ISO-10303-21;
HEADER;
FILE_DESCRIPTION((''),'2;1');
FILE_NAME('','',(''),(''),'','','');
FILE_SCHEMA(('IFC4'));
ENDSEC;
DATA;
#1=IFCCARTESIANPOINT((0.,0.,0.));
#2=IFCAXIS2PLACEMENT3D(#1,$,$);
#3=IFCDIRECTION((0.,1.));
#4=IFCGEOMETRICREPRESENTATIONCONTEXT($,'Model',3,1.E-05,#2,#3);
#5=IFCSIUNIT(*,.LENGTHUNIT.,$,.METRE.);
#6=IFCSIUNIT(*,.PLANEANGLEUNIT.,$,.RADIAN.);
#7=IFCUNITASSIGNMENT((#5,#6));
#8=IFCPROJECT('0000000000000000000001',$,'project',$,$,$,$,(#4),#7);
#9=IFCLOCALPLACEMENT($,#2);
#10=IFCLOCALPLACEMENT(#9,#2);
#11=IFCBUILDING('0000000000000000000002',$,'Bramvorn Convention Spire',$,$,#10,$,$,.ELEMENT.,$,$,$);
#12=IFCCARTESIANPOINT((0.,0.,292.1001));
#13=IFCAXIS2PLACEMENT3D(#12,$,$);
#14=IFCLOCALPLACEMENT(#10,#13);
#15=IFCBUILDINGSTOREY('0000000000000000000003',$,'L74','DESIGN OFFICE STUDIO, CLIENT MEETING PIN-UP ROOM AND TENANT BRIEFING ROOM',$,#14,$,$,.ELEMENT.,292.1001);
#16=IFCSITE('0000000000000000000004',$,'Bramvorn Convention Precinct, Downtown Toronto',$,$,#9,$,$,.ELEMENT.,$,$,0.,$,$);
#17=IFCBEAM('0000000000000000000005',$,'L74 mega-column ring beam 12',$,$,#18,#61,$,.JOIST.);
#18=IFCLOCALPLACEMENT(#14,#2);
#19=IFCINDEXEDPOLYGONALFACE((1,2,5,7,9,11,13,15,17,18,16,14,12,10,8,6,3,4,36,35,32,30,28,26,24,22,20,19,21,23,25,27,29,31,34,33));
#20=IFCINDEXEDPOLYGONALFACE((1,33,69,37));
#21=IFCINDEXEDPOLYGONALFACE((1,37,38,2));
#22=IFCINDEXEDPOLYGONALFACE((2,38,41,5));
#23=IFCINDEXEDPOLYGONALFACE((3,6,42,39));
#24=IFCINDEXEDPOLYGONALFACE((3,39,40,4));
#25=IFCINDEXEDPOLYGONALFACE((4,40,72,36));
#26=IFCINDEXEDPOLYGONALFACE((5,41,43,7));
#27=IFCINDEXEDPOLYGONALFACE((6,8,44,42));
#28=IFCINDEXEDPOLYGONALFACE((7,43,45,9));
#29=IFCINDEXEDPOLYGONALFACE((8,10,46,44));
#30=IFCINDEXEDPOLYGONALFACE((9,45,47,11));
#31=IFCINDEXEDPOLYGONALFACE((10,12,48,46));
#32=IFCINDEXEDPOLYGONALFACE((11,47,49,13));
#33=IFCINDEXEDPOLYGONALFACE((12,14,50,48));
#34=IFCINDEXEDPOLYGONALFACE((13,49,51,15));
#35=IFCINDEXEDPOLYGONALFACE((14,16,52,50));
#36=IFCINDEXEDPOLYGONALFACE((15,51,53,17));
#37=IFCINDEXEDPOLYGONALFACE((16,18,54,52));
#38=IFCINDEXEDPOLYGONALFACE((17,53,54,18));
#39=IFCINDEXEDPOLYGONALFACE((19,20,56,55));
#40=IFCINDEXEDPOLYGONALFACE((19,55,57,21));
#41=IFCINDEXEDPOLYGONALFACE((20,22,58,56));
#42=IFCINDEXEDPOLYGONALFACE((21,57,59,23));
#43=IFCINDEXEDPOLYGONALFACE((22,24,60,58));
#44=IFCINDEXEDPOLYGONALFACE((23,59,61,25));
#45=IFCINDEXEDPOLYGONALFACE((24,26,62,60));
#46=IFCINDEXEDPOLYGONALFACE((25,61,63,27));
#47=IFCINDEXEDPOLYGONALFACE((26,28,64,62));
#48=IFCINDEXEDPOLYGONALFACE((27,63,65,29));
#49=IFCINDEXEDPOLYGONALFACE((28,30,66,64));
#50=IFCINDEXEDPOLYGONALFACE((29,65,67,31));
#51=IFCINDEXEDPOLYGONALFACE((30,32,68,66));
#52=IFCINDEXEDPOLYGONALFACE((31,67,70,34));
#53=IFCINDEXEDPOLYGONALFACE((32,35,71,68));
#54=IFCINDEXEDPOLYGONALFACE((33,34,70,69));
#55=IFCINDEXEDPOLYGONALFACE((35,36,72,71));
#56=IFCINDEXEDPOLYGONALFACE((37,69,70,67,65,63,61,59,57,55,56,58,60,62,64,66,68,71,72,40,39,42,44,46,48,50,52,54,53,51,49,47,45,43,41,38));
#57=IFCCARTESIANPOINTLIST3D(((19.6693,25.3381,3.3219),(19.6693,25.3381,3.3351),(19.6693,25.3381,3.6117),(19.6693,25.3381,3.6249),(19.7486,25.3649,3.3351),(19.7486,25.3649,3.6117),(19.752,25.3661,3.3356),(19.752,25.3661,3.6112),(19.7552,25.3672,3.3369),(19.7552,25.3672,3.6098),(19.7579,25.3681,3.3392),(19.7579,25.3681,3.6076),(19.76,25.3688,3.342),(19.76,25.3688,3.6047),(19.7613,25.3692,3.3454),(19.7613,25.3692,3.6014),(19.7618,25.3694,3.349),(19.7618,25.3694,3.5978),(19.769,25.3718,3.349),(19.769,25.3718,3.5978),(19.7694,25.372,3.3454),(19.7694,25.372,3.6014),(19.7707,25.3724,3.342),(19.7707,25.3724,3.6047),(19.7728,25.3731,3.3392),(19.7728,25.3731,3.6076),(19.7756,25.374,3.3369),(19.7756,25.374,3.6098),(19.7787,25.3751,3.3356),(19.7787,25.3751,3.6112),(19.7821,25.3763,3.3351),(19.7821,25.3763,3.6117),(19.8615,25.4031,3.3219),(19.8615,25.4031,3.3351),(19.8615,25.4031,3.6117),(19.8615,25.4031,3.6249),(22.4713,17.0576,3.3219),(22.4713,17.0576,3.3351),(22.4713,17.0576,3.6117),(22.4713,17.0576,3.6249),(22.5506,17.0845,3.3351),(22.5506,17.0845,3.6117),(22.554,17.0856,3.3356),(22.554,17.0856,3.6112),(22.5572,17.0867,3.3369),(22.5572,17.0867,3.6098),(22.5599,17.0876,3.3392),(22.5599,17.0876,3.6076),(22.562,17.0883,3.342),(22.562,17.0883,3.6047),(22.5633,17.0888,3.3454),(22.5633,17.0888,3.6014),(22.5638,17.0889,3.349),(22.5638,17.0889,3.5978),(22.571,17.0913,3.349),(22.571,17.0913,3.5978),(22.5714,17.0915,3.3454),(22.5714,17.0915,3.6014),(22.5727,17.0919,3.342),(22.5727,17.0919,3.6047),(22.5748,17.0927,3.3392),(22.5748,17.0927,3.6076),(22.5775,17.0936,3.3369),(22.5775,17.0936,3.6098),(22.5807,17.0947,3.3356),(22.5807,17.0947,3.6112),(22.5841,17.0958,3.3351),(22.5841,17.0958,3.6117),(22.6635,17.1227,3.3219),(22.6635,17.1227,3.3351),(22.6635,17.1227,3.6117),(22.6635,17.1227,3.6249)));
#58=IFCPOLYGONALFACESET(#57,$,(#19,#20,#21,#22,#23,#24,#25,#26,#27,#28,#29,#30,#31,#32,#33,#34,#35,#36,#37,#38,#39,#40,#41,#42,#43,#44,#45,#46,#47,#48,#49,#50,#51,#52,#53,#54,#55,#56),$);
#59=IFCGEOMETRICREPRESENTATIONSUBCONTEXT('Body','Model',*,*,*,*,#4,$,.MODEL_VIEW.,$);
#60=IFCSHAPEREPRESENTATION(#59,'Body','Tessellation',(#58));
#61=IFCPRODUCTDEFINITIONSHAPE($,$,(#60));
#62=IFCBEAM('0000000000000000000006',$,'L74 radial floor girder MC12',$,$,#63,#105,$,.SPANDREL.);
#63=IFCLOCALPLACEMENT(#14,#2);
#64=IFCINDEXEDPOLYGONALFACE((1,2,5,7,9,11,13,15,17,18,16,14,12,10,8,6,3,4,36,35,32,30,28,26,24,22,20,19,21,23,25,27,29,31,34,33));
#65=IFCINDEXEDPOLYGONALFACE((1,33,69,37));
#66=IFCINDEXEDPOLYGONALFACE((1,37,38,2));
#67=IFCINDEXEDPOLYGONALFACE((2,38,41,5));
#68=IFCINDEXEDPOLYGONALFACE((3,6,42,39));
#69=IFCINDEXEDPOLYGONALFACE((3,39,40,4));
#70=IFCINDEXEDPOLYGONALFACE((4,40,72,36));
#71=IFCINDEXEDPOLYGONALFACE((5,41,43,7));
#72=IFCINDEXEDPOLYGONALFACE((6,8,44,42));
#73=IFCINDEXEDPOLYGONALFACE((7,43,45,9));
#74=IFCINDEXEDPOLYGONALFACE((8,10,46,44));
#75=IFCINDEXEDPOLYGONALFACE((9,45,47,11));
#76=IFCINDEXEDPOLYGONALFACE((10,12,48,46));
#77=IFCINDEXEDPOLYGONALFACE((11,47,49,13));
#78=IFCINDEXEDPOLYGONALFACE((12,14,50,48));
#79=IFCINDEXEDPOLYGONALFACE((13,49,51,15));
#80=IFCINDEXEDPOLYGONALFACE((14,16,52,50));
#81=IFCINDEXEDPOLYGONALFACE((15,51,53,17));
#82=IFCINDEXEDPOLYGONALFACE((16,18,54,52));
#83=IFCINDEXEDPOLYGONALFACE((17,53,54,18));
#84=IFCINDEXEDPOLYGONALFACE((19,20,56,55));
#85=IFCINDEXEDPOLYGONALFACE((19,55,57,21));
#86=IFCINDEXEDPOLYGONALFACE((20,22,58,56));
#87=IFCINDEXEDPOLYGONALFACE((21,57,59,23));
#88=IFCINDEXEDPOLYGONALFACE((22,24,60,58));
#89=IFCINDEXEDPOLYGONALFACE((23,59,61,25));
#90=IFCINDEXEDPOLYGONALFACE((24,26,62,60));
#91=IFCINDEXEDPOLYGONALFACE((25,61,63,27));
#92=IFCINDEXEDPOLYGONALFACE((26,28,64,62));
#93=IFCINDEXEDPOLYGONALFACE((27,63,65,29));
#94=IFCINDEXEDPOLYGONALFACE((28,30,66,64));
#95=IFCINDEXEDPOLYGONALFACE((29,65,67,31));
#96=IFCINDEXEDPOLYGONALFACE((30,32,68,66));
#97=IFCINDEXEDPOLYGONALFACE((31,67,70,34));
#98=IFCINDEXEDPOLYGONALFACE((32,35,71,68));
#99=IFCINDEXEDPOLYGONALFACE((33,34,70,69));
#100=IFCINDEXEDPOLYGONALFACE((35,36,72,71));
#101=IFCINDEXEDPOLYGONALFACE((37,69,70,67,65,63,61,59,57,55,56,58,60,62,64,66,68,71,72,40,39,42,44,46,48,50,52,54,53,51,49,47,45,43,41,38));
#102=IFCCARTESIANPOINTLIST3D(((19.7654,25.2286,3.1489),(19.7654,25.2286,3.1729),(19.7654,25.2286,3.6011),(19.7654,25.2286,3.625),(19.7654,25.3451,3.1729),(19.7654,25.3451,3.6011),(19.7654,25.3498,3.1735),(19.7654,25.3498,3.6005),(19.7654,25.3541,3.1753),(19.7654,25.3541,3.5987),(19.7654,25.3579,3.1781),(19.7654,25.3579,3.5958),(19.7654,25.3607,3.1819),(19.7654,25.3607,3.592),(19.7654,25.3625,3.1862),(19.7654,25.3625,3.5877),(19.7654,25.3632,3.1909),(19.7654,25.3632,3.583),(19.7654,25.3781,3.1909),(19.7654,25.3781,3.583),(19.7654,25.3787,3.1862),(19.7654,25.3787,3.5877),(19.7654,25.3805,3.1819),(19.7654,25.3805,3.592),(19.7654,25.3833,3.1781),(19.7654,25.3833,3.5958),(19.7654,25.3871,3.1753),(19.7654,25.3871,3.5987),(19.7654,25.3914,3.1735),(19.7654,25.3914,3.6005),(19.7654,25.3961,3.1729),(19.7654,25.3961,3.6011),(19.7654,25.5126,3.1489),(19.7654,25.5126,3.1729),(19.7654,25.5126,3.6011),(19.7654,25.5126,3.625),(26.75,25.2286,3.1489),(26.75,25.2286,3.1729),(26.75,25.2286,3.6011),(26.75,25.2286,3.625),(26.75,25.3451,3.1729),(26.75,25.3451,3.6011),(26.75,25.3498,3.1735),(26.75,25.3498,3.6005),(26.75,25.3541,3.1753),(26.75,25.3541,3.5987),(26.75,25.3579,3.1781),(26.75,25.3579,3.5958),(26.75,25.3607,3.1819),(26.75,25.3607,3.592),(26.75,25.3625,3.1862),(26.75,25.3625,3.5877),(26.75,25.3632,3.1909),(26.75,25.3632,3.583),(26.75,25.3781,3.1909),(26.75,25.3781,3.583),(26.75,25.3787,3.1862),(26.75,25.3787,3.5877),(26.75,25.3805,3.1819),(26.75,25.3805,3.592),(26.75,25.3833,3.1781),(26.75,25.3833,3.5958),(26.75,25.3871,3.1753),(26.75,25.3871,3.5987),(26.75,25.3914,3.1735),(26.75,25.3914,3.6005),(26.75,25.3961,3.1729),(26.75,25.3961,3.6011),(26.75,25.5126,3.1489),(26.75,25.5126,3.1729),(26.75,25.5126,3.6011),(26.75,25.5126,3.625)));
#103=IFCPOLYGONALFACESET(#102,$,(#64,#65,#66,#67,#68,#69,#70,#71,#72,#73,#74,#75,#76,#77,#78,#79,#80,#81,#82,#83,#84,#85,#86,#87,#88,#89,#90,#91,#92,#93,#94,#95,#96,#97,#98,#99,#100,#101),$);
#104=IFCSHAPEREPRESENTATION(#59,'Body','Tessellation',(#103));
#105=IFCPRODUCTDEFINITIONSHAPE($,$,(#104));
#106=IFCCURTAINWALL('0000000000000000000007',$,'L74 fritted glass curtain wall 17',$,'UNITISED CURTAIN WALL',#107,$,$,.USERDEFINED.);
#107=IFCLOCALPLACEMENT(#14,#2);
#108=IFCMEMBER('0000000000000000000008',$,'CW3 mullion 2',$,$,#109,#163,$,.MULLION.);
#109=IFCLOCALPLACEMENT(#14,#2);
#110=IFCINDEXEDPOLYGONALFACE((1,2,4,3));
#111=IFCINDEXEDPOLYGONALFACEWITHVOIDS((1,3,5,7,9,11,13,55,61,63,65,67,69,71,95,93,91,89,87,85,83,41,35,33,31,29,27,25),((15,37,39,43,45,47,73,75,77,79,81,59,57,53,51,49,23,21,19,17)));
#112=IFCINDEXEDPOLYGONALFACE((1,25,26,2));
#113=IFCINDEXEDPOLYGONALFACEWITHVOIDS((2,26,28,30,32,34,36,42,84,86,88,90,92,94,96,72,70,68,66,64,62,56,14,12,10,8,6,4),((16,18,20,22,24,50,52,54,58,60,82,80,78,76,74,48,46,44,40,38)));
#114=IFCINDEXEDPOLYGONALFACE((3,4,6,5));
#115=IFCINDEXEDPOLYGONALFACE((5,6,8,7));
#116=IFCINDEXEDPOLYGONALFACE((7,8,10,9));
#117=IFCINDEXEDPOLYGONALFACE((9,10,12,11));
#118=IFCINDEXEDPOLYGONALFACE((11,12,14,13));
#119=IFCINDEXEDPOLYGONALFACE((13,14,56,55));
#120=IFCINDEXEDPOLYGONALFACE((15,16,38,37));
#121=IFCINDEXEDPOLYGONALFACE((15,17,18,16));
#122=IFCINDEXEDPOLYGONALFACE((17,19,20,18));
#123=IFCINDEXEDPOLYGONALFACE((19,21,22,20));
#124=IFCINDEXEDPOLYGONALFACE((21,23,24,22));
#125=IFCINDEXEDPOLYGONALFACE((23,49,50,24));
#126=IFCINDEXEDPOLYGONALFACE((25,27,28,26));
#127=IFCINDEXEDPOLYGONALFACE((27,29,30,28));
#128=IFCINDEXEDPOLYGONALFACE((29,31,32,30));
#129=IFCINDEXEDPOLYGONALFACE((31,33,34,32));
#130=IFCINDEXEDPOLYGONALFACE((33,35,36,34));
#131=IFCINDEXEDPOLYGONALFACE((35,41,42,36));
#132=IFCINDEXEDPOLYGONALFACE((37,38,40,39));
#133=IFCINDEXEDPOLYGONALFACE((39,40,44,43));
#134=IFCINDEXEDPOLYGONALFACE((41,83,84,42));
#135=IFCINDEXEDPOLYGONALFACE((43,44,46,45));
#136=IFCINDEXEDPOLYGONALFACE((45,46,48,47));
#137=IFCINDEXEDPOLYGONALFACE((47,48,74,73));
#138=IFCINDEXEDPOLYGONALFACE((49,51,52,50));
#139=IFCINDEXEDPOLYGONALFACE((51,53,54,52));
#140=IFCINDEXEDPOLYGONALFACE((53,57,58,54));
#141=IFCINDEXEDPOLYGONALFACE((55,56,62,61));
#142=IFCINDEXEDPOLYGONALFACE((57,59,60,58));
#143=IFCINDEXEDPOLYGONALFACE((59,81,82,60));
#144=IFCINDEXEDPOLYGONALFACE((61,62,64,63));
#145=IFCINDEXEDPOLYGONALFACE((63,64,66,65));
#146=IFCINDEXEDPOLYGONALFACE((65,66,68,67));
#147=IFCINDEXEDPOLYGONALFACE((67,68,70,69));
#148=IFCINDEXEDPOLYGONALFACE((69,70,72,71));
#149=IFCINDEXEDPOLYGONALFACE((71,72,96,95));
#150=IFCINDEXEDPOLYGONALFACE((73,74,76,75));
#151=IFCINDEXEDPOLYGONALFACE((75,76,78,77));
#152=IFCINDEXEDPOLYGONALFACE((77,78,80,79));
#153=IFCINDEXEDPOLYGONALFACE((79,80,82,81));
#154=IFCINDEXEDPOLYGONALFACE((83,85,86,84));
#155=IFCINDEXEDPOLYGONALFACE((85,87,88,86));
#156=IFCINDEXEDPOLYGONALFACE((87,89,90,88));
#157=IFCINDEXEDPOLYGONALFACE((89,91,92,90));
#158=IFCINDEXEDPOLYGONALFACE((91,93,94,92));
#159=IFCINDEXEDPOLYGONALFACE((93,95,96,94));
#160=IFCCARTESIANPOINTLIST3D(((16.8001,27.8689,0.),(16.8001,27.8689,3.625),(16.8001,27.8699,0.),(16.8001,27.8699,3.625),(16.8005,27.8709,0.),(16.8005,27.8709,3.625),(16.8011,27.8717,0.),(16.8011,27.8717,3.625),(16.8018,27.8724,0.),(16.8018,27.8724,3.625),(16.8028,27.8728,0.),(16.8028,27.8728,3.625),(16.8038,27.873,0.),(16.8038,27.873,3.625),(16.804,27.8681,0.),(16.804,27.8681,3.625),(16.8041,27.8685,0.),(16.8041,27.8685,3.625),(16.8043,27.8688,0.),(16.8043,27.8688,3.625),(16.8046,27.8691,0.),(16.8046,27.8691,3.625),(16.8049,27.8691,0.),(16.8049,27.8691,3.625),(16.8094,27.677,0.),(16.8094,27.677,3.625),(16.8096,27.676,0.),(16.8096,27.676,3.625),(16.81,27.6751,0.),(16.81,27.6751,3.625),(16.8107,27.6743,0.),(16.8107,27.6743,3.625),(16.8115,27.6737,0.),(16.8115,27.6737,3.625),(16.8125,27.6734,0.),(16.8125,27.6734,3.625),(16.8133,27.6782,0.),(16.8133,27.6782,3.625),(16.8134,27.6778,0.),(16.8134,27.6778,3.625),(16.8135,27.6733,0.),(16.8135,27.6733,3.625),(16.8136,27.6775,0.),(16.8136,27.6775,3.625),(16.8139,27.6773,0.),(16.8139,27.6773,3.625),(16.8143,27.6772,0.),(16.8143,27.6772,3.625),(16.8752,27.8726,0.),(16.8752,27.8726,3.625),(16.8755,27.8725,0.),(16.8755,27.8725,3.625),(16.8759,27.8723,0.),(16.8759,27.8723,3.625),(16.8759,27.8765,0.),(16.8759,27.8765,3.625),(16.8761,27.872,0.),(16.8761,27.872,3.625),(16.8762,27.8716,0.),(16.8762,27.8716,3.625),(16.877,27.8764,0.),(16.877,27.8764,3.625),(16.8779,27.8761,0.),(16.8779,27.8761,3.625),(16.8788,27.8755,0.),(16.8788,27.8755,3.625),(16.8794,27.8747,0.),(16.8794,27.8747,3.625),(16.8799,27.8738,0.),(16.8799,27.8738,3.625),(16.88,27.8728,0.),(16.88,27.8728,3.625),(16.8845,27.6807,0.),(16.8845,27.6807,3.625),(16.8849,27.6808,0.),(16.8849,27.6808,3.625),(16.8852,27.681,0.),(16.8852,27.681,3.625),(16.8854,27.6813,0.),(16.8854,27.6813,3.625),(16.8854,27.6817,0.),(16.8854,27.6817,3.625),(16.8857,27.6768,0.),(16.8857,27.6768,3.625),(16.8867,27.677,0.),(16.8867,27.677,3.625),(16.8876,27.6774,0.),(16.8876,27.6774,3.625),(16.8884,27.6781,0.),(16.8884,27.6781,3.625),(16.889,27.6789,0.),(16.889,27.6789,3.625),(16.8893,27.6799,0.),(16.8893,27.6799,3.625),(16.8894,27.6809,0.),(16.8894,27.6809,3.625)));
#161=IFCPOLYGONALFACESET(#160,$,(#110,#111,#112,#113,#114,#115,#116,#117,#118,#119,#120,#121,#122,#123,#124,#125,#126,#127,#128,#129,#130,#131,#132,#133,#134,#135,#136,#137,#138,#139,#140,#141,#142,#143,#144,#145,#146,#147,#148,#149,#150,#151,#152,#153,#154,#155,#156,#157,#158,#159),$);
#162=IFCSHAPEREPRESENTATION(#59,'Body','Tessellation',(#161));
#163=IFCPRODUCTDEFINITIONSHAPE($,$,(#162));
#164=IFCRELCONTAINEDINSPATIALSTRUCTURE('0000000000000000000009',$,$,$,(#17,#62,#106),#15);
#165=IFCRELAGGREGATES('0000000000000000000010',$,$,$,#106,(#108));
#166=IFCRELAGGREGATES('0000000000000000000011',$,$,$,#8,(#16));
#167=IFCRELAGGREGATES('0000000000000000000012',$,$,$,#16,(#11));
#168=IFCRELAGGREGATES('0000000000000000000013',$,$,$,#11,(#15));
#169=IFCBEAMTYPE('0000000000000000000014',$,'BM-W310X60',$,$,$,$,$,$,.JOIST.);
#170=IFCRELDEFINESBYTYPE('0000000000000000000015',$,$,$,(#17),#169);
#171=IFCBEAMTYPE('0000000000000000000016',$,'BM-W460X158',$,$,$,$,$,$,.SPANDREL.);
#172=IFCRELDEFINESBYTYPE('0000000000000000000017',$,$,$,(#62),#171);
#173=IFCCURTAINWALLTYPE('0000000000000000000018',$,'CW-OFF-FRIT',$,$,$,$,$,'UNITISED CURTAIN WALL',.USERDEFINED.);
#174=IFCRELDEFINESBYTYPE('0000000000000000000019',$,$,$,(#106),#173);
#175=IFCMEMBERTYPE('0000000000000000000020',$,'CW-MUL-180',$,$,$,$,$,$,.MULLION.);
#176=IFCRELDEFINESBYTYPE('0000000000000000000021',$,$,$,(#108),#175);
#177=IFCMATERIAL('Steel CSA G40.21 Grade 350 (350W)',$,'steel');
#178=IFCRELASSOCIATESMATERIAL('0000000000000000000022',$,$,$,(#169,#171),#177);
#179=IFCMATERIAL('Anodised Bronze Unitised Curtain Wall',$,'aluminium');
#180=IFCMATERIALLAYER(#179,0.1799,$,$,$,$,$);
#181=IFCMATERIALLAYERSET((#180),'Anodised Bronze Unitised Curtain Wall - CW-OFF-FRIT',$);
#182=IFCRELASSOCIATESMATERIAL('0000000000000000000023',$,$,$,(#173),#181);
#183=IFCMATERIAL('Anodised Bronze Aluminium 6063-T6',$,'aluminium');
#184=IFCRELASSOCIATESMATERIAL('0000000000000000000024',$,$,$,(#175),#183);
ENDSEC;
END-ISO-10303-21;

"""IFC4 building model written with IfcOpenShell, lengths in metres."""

from ifc_helpers import new_model, si_unit, direction, frame, origin, origin_2d, place, context, subcontext, project, spatial, hollow_rectangle, i_section, extrude, material, layer, layer_set, material_profile, profile_set, type_object, element, aggregate, save


model = new_model("IFC4")

# Units and contexts
model_context = context("Model", 3, precision=1e-05, world=origin(), true_north=direction((0.0, 1.0)))
body_context = subcontext(model_context, "Body", "Model", "MODEL_VIEW")
ifc_project = project(units=[si_unit("LENGTHUNIT", "METRE"), si_unit("PLANEANGLEUNIT", "RADIAN")], contexts=[model_context])

# Site, building, storey
site_placement = place(None, origin())
site = spatial("IfcSite", under=ifc_project, at=site_placement, Name="Bramvorn Convention Precinct, Downtown Toronto", CompositionType="ELEMENT", RefElevation=0.0)
building_placement = place(site_placement, origin())
building = spatial("IfcBuilding", under=site, at=building_placement, Name="Bramvorn Convention Spire", CompositionType="ELEMENT")
storey_placement = place(building_placement, frame((0.0, 0.0, 292.1001)))
storey = spatial("IfcBuildingStorey", under=building, at=storey_placement, Name="L74", Description="DESIGN OFFICE STUDIO, CLIENT MEETING PIN-UP ROOM AND TENANT BRIEFING ROOM", CompositionType="ELEMENT", Elevation=292.1001)

# Shared definitions
ifc_material_1 = material(Name="Steel CSA G40.21 Grade 350 (350W)", Category="steel")

# Beams
ifc_material_profile_1 = material_profile(ifc_material_1, i_section(OverallWidth=0.2029, OverallDepth=0.303, WebThickness=0.0076, FlangeThickness=0.0132, FilletRadius=0.0139, at=origin_2d()))
ifc_profile_set_1 = profile_set([ifc_material_profile_1], Name="Steel CSA G40.21 Grade 350 (350W) - W310X60")
beam_type_1 = type_object("IfcBeamType", Name="BM-W310X60", PredefinedType="JOIST", material=ifc_profile_set_1)
beam_1_placement = place(storey_placement, frame((19.7654, 25.3706, 3.4734), z_axis=(0.320531, -0.947238, 0.0), x_axis=(0.947238, 0.320531, 0.0)))
element("IfcBeam", 1, at=beam_1_placement, inside=storey, type_object=beam_type_1, Name="L74 mega-column ring beam 12", PredefinedType="JOIST", context=body_context, shape_type="SweptSolid", body=[
    extrude(i_section(OverallWidth=0.2029, OverallDepth=0.303, WebThickness=0.0076, FlangeThickness=0.0132, FilletRadius=0.0139, at=origin_2d()), origin(), (0.0, 0.0, 1.0), 8.7417),
])
ifc_material_profile_2 = material_profile(ifc_material_1, i_section(OverallWidth=0.2839, OverallDepth=0.4761, WebThickness=0.0149, FlangeThickness=0.0239, FilletRadius=0.0181, at=origin_2d()))
ifc_profile_set_2 = profile_set([ifc_material_profile_2], Name="Steel CSA G40.21 Grade 350 (350W) - W460X158")
beam_type_2 = type_object("IfcBeamType", Name="BM-W460X158", PredefinedType="SPANDREL", material=ifc_profile_set_2)
beam_2_placement = place(storey_placement, frame((26.75, 25.3706, 3.387), z_axis=(-1.0, 0.0, 0.0), x_axis=(0.0, -1.0, 0.0)))
element("IfcBeam", 2, at=beam_2_placement, inside=storey, type_object=beam_type_2, Name="L74 radial floor girder MC12", PredefinedType="SPANDREL", context=body_context, shape_type="SweptSolid", body=[
    extrude(i_section(OverallWidth=0.2839, OverallDepth=0.4761, WebThickness=0.0149, FlangeThickness=0.0239, FilletRadius=0.0181, at=origin_2d()), origin(), (0.0, 0.0, 1.0), 6.9846),
])

# Curtain wall, member
ifc_material_2 = material(Name="Anodised Bronze Unitised Curtain Wall", Category="aluminium")
ifc_layer_1 = layer(ifc_material_2, 0.1799)
ifc_layer_set_1 = layer_set([ifc_layer_1], Name="Anodised Bronze Unitised Curtain Wall - CW-OFF-FRIT")
curtain_wall_type = type_object("IfcCurtainWallType", Name="CW-OFF-FRIT", ElementType="UNITISED CURTAIN WALL", PredefinedType="USERDEFINED", material=ifc_layer_set_1)
curtain_wall_placement = place(storey_placement, origin())
curtain_wall = element("IfcCurtainWall", 3, at=curtain_wall_placement, inside=storey, type_object=curtain_wall_type, Name="L74 fritted glass curtain wall 17", ObjectType="UNITISED CURTAIN WALL", PredefinedType="USERDEFINED")
ifc_material_3 = material(Name="Anodised Bronze Aluminium 6063-T6", Category="aluminium")
ifc_material_profile_3 = material_profile(ifc_material_3, hollow_rectangle(XDim=0.0801, YDim=0.2, WallThickness=0.0039, InnerFilletRadius=0.001, OuterFilletRadius=0.0039, at=origin_2d()))
ifc_profile_set_3 = profile_set([ifc_material_profile_3], Name="Anodised Bronze Aluminium 6063-T6 - CWM80X200")
member_type_1 = type_object("IfcMemberType", Name="CW-MUL-180", PredefinedType="MULLION", material=ifc_profile_set_3)
member_1_placement = place(storey_placement, frame((16.8447, 27.7749, 0.0), z_axis=(0.0, 0.0, 1.0), x_axis=(-0.998813, -0.048711, 0.0)))
member_1 = element("IfcMember", 4, at=member_1_placement, type_object=member_type_1, Name="CW3 mullion 2", PredefinedType="MULLION", context=body_context, shape_type="SweptSolid", body=[
    extrude(hollow_rectangle(XDim=0.0801, YDim=0.2, WallThickness=0.0039, InnerFilletRadius=0.001, OuterFilletRadius=0.0039, at=origin_2d()), origin(), (0.0, 0.0, 1.0), 3.625),
])
aggregate(curtain_wall, [member_1])

save(model, "model.ifc")
